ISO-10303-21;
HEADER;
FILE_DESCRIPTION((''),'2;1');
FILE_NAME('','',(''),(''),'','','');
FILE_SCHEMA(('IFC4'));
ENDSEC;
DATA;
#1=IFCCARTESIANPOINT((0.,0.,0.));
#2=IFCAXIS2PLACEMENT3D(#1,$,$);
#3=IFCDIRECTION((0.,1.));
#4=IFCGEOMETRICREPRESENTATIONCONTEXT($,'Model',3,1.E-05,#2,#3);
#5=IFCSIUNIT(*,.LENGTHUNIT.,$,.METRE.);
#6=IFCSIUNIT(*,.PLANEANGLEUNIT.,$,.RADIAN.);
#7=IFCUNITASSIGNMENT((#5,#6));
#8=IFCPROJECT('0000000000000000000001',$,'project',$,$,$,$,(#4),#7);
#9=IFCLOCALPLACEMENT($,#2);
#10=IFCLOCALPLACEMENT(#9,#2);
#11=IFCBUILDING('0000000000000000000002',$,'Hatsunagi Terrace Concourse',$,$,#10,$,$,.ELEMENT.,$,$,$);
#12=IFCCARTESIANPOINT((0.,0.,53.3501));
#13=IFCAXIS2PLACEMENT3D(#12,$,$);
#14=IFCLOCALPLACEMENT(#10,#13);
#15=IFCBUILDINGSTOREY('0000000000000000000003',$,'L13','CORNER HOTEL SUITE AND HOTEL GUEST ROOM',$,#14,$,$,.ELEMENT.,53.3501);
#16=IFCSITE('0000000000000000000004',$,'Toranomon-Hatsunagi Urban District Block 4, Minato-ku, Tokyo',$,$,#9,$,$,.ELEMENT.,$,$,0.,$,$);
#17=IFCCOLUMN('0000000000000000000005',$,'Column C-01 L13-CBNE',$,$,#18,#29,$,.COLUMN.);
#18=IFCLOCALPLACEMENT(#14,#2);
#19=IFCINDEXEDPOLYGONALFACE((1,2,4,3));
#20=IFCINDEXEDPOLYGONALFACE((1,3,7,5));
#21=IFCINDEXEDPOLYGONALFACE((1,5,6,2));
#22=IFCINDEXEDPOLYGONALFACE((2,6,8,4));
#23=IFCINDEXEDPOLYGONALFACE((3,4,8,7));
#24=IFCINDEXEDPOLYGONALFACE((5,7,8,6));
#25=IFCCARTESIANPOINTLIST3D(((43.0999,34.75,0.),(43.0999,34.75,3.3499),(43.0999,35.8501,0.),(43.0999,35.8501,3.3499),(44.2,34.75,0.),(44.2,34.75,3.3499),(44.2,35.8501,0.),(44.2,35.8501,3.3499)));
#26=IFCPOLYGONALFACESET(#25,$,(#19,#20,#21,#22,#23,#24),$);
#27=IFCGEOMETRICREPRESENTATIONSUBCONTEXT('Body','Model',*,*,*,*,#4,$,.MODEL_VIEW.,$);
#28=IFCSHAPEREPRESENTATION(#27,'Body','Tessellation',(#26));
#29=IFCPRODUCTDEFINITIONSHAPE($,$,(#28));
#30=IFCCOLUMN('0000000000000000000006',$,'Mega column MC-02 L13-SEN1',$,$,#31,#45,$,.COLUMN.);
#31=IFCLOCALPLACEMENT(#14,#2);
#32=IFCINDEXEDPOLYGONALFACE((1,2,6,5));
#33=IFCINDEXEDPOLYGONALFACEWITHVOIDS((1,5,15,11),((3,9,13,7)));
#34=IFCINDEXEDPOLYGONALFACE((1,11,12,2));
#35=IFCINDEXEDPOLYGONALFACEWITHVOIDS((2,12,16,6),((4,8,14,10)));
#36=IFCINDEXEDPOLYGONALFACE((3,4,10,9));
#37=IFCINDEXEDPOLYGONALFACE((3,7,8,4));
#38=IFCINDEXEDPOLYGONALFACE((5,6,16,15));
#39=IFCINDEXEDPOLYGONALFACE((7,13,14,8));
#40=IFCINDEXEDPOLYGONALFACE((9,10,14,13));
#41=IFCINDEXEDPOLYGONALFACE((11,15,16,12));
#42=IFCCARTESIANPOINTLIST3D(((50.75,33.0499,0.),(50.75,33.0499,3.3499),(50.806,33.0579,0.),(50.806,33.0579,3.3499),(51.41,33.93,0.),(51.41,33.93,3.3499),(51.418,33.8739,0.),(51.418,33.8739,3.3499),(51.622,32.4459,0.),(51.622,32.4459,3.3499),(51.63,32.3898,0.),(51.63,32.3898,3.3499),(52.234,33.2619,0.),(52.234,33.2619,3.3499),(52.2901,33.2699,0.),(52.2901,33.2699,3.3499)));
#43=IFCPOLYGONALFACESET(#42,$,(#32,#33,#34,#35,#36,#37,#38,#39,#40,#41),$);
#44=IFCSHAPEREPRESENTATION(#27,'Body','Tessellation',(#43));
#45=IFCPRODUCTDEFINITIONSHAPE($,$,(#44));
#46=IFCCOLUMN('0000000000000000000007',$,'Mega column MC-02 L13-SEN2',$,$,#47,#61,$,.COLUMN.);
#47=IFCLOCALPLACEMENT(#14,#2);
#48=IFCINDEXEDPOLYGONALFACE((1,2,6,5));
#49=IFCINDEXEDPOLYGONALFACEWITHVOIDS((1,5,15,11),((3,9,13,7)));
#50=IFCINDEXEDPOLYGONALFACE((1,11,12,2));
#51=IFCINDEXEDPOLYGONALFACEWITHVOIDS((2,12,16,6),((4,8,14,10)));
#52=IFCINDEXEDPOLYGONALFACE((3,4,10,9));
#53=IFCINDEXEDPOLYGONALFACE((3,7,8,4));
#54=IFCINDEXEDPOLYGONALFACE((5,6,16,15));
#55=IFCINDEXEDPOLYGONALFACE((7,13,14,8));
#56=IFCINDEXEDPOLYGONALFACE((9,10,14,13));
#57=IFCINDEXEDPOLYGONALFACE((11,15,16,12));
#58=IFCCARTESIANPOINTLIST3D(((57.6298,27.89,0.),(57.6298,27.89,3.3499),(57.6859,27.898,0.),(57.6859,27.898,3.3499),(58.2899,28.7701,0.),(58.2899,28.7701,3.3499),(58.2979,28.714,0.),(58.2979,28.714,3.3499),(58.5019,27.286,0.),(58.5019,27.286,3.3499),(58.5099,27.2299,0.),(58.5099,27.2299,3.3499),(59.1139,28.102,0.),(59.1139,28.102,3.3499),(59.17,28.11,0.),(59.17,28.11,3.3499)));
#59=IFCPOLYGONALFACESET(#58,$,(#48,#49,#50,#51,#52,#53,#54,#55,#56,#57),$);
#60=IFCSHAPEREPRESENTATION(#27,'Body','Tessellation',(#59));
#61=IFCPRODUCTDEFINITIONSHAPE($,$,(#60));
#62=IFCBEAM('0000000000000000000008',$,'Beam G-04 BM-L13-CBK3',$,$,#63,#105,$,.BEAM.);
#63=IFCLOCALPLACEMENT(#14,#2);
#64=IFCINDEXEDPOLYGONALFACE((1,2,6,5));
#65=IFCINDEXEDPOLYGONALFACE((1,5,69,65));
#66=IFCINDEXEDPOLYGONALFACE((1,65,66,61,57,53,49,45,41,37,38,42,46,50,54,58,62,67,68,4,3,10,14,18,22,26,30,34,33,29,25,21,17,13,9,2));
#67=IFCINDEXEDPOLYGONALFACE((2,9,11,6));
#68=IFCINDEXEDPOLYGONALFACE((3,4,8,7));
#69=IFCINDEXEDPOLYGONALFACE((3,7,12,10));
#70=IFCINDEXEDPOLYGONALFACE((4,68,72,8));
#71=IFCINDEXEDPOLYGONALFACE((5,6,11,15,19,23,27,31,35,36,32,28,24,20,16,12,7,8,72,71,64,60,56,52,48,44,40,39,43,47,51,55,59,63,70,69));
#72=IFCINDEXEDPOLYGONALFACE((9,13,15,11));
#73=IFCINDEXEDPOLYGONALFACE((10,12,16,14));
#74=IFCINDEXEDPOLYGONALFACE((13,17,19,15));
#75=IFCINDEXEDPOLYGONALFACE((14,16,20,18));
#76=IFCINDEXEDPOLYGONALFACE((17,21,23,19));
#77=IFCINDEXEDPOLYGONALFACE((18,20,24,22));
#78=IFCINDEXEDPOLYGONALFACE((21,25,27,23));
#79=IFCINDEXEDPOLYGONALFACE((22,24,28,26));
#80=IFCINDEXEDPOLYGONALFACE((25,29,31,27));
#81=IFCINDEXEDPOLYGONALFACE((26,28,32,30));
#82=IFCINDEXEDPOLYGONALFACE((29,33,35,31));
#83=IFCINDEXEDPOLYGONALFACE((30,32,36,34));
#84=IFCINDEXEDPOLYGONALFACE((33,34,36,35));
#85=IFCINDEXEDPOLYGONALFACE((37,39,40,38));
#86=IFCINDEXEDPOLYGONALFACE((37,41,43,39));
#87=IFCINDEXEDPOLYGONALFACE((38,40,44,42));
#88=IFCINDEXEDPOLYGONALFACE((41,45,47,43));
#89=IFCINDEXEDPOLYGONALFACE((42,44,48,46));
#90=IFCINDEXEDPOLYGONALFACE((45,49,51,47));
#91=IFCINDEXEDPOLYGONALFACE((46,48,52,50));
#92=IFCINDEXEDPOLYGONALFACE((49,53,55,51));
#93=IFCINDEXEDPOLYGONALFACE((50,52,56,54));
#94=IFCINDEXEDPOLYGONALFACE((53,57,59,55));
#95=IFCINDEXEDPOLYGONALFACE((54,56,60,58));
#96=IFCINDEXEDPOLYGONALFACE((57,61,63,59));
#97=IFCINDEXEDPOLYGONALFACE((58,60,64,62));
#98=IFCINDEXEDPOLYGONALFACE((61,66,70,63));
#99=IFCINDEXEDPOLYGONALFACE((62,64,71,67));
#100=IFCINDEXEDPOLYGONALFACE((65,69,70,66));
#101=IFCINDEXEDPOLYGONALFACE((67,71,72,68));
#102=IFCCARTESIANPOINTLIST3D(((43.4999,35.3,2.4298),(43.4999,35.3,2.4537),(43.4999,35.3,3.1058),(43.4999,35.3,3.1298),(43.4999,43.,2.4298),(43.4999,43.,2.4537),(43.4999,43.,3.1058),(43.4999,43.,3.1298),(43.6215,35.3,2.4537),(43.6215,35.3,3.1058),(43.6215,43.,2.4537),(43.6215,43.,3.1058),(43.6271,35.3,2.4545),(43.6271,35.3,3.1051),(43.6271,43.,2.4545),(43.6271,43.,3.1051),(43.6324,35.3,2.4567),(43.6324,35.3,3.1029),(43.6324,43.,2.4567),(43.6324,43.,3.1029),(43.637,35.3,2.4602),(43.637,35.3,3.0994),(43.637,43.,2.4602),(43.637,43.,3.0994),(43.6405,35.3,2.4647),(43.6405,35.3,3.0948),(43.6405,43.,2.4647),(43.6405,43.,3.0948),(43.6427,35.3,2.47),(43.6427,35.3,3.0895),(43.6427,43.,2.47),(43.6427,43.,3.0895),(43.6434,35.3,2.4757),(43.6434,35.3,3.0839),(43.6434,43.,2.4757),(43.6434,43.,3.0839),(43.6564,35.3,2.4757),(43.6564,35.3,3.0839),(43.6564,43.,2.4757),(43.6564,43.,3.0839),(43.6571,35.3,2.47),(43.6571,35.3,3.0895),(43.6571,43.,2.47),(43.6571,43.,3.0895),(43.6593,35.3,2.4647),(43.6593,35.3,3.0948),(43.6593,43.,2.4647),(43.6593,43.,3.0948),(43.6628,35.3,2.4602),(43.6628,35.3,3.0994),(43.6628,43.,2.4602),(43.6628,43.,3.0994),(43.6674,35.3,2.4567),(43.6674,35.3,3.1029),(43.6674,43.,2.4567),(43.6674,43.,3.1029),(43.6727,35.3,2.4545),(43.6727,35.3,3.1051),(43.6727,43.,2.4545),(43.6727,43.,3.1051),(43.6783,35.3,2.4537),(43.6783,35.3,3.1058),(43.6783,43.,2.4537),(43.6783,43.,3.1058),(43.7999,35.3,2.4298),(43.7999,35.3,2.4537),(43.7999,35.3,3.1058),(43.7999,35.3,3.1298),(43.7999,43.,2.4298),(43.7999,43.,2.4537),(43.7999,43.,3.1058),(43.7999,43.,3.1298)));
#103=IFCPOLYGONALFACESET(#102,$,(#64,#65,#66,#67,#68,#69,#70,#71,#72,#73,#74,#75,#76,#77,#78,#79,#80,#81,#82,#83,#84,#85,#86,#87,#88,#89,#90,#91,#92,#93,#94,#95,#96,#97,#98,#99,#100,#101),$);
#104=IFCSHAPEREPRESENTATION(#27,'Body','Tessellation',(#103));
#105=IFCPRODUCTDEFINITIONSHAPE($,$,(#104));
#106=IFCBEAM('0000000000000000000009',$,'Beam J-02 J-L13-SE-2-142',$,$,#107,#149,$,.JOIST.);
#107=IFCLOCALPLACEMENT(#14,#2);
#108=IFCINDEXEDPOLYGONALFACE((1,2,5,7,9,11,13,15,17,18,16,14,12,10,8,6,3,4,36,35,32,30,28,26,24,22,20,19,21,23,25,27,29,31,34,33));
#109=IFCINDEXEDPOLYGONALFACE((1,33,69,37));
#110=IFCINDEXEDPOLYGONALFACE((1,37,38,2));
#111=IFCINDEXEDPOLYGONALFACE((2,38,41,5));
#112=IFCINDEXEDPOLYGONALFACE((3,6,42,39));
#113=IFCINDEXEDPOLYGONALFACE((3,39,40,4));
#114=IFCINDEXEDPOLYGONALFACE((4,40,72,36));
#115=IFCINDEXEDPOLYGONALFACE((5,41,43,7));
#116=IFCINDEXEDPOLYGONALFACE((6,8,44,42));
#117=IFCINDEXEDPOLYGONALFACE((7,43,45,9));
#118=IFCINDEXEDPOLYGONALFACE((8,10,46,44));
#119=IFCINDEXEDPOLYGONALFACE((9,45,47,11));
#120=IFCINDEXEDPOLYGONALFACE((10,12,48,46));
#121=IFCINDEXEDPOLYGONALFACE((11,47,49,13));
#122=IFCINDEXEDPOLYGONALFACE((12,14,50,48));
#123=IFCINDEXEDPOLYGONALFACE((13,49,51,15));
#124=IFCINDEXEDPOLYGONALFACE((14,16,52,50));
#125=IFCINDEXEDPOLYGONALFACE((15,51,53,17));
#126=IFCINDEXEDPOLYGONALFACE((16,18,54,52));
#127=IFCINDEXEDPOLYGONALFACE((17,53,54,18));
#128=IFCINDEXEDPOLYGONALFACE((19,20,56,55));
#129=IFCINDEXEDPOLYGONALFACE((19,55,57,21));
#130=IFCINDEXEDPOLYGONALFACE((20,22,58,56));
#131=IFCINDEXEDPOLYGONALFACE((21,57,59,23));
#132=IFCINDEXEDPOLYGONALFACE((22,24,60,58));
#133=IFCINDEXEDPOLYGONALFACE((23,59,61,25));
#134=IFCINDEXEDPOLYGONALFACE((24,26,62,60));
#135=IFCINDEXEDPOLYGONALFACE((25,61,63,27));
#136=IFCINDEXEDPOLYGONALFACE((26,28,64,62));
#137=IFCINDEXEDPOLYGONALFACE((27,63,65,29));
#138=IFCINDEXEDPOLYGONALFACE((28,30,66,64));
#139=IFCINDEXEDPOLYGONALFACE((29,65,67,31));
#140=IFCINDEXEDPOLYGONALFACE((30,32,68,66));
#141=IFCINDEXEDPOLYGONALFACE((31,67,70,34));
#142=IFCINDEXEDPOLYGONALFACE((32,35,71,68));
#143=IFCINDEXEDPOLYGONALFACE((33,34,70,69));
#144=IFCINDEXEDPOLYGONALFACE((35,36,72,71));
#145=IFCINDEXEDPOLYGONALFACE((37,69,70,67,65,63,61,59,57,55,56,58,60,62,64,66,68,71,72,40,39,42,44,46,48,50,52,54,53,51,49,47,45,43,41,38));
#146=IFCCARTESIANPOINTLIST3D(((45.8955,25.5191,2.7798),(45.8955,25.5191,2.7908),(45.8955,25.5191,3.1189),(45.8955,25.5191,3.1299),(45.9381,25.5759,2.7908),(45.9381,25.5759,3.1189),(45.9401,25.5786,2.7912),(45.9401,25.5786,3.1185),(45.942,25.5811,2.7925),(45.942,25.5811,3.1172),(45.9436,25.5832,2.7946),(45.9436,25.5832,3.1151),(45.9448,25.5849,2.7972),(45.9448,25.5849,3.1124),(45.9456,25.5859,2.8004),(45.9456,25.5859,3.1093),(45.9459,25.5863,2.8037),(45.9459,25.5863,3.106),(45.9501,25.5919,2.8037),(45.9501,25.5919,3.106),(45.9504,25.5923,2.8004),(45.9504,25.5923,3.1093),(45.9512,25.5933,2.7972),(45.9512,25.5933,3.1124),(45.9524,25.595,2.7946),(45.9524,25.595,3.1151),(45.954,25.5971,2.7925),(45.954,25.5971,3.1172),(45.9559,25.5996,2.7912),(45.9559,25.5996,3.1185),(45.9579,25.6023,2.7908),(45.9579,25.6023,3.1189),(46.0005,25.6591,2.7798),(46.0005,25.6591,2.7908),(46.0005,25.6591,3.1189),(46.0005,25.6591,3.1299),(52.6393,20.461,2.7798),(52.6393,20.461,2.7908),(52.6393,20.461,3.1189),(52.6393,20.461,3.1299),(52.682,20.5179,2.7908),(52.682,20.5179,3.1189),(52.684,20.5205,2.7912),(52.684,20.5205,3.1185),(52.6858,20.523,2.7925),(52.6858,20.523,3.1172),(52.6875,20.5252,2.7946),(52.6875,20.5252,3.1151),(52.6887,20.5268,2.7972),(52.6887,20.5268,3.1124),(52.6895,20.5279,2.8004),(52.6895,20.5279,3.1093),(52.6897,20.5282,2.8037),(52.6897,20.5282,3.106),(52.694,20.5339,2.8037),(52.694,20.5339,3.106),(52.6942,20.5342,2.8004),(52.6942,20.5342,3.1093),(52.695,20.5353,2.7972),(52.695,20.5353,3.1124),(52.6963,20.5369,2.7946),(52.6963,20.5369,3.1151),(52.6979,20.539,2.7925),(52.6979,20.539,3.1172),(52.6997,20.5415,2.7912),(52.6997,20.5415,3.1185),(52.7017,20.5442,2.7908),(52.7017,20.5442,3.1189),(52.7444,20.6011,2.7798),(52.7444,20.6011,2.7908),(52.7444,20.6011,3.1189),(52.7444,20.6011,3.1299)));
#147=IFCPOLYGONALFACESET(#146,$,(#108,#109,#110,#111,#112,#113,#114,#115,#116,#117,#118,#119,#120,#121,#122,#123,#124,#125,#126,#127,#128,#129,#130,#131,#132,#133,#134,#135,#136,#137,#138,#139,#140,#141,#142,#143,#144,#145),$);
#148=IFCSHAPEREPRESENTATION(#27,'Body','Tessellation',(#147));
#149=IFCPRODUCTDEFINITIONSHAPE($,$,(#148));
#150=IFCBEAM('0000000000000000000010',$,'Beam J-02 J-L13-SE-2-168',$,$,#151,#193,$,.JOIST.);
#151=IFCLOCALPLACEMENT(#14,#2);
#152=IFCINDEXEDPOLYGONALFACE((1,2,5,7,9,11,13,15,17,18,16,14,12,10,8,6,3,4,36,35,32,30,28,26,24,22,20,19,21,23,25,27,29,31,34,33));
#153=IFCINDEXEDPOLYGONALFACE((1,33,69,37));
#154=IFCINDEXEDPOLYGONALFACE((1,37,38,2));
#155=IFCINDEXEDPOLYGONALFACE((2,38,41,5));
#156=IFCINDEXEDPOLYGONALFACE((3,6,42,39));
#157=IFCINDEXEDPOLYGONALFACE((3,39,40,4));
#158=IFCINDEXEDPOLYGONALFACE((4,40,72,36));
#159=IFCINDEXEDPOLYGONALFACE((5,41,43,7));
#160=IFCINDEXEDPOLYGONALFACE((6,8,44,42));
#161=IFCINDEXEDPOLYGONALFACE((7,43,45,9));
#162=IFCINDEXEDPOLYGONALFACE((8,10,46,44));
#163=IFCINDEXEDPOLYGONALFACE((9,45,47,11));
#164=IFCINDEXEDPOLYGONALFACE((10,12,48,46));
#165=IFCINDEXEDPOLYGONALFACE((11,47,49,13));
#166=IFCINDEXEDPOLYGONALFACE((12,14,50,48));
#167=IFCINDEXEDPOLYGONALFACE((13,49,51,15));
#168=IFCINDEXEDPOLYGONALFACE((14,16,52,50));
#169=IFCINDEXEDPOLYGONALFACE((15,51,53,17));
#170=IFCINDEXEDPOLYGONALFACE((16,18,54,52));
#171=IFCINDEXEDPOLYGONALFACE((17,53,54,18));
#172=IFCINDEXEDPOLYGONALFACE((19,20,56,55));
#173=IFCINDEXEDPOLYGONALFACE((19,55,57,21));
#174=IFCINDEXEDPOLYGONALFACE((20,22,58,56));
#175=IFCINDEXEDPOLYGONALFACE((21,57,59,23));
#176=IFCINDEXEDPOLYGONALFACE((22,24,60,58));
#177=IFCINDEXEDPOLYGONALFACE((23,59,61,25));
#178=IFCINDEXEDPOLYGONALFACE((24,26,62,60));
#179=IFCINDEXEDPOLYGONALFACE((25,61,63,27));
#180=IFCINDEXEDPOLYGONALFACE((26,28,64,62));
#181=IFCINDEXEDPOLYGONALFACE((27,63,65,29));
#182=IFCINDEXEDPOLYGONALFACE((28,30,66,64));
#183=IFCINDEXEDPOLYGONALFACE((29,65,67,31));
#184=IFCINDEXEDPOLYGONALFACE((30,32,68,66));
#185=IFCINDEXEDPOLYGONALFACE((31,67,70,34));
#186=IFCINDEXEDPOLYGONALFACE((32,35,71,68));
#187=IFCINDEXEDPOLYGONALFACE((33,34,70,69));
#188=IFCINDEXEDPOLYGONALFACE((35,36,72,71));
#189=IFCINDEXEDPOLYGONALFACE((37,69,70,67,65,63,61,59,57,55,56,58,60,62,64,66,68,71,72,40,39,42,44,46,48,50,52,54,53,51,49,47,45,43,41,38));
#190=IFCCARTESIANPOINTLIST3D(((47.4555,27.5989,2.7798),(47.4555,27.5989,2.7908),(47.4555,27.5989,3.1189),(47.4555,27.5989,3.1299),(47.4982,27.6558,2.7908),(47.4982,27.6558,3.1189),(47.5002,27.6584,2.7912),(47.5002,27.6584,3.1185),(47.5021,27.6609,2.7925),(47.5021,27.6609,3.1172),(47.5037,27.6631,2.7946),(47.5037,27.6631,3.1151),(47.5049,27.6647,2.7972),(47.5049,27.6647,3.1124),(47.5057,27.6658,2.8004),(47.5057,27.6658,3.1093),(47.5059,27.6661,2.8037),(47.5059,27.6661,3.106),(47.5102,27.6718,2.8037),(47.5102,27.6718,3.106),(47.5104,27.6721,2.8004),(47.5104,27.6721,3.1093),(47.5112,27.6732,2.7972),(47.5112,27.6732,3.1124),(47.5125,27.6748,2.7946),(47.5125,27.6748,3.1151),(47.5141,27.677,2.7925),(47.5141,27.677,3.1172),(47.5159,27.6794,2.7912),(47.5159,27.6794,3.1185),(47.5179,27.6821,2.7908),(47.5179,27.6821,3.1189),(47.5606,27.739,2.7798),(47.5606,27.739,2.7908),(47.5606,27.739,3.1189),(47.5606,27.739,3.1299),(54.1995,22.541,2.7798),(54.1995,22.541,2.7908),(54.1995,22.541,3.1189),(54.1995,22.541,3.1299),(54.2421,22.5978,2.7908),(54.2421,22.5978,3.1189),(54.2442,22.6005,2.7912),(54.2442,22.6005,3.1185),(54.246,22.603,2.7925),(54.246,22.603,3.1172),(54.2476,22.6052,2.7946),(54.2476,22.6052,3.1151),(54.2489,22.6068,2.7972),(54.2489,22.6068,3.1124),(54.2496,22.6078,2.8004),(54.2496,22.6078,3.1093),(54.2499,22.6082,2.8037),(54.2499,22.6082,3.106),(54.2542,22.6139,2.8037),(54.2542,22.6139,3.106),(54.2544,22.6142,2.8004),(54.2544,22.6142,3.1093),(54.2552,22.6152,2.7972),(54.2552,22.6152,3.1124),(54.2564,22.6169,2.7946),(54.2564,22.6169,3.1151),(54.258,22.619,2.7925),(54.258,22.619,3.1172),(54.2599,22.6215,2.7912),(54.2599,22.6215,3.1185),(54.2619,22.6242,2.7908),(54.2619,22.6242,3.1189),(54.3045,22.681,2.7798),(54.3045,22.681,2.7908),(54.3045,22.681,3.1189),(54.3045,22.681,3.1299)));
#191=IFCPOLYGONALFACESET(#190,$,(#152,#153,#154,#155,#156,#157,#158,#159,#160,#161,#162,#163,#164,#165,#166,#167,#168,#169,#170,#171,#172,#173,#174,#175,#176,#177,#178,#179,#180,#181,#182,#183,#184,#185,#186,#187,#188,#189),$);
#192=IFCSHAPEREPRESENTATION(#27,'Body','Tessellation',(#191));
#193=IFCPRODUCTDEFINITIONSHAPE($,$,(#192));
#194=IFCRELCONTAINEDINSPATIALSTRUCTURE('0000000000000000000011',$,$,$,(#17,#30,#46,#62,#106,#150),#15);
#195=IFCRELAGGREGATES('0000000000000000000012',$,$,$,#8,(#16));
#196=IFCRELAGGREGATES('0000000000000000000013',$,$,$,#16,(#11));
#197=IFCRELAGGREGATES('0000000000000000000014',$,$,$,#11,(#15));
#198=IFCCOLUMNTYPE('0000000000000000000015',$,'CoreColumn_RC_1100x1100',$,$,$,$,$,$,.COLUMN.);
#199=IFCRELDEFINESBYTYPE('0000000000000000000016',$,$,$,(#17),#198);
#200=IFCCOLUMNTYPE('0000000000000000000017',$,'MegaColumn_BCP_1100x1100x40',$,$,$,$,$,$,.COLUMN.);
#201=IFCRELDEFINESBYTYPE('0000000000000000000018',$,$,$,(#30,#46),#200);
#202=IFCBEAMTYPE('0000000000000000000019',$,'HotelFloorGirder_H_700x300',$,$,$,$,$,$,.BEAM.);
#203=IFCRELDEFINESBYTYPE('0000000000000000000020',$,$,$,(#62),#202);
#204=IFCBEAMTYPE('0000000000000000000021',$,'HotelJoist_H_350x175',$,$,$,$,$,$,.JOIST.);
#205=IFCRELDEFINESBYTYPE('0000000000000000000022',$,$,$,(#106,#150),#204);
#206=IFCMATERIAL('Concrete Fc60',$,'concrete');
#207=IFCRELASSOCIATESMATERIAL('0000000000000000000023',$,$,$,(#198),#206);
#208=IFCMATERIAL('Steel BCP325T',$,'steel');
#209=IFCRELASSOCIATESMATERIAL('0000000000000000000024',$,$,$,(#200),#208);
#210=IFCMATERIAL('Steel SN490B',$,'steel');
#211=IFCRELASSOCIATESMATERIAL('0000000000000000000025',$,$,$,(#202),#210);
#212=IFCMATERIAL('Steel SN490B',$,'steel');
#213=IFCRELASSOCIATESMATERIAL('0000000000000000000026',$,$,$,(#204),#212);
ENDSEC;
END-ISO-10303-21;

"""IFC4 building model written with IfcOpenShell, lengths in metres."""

from ifc_helpers import new_model, si_unit, direction, frame, origin, origin_2d, place, context, subcontext, project, spatial, rectangle, hollow_rectangle, i_section, extrude, material, material_profile, profile_set, type_object, element, save


model = new_model("IFC4")

# Units and contexts
model_context = context("Model", 3, precision=1e-05, world=origin(), true_north=direction((0.0, 1.0)))
body_context = subcontext(model_context, "Body", "Model", "MODEL_VIEW")
ifc_project = project(units=[si_unit("LENGTHUNIT", "METRE"), si_unit("PLANEANGLEUNIT", "RADIAN")], contexts=[model_context])

# Site, building, storey
site_placement = place(None, origin())
site = spatial("IfcSite", under=ifc_project, at=site_placement, Name="Toranomon-Hatsunagi Urban District Block 4, Minato-ku, Tokyo", CompositionType="ELEMENT", RefElevation=0.0)
building_placement = place(site_placement, origin())
building = spatial("IfcBuilding", under=site, at=building_placement, Name="Hatsunagi Terrace Concourse", CompositionType="ELEMENT")
storey_placement = place(building_placement, frame((0.0, 0.0, 53.3501)))
storey = spatial("IfcBuildingStorey", under=building, at=storey_placement, Name="L13", Description="CORNER HOTEL SUITE AND HOTEL GUEST ROOM", CompositionType="ELEMENT", Elevation=53.3501)

# Columns
ifc_material_1 = material(Name="Concrete Fc60", Category="concrete")
ifc_material_profile_1 = material_profile(ifc_material_1, rectangle(XDim=1.1001, YDim=1.1001, at=origin_2d()), Name="RC-1100x1100")
ifc_profile_set_1 = profile_set([ifc_material_profile_1], Name="Concrete Fc60")
column_type_1 = type_object("IfcColumnType", Name="CoreColumn_RC_1100x1100", PredefinedType="COLUMN", material=ifc_profile_set_1)
column_placement = place(storey_placement, frame((43.6499, 35.3, 0.0), z_axis=(0.0, 0.0, 1.0), x_axis=(1.0, 0.0, 0.0)))
element("IfcColumn", 1, at=column_placement, inside=storey, type_object=column_type_1, Name="Column C-01 L13-CBNE", PredefinedType="COLUMN", context=body_context, shape_type="SweptSolid", body=[
    extrude(rectangle(XDim=1.1001, YDim=1.1001, at=origin_2d()), origin(), (0.0, 0.0, 1.0), 3.3499),
])
ifc_material_2 = material(Name="Steel BCP325T", Category="steel")
ifc_material_profile_2 = material_profile(ifc_material_2, hollow_rectangle(XDim=1.1001, YDim=1.1001, WallThickness=0.04, at=origin_2d()), Name="BCP-1100x1100x40")
ifc_profile_set_2 = profile_set([ifc_material_profile_2], Name="Steel BCP325T")
column_type_2 = type_object("IfcColumnType", Name="MegaColumn_BCP_1100x1100x40", PredefinedType="COLUMN", material=ifc_profile_set_2)
for number, where, z_axis, x_axis, name in (
    (2, (51.52, 33.1599, 0.0), (0.0, 0.0, 1.0), (0.8, -0.6, 0.0), "Mega column MC-02 L13-SEN1"),
    (3, (58.3999, 28.0, 0.0), (0.0, 0.0, 1.0), (0.8, -0.6, 0.0), "Mega column MC-02 L13-SEN2"),
):
    element("IfcColumn", number, at=place(storey_placement, frame(where, z_axis=z_axis, x_axis=x_axis)), inside=storey, type_object=column_type_2, Name=name, PredefinedType="COLUMN", context=body_context, shape_type="SweptSolid", body=[
        extrude(hollow_rectangle(XDim=1.1001, YDim=1.1001, WallThickness=0.04, at=origin_2d()), origin(), (0.0, 0.0, 1.0), 3.3499),
    ])

# Beams
ifc_material_3 = material(Name="Steel SN490B", Category="steel")
ifc_material_profile_3 = material_profile(ifc_material_3, i_section(OverallWidth=0.3, OverallDepth=0.7, WebThickness=0.0129, FlangeThickness=0.0239, FilletRadius=0.022, at=origin_2d()), Name="H-700x300x13x24")
ifc_profile_set_3 = profile_set([ifc_material_profile_3], Name="Steel SN490B")
beam_type_1 = type_object("IfcBeamType", Name="HotelFloorGirder_H_700x300", PredefinedType="BEAM", material=ifc_profile_set_3)
beam_1_placement = place(storey_placement, frame((43.6499, 35.3, 2.7798), z_axis=(0.0, 1.0, 0.0), x_axis=(-1.0, 0.0, 0.0)))
element("IfcBeam", 4, at=beam_1_placement, inside=storey, type_object=beam_type_1, Name="Beam G-04 BM-L13-CBK3", PredefinedType="BEAM", context=body_context, shape_type="SweptSolid", body=[
    extrude(i_section(OverallWidth=0.3, OverallDepth=0.7, WebThickness=0.0129, FlangeThickness=0.0239, FilletRadius=0.022, at=origin_2d()), origin(), (0.0, 0.0, 1.0), 7.7),
])
ifc_material_4 = material(Name="Steel SN490B", Category="steel")
ifc_material_profile_4 = material_profile(ifc_material_4, i_section(OverallWidth=0.175, OverallDepth=0.3501, WebThickness=0.0071, FlangeThickness=0.011, FilletRadius=0.0129, at=origin_2d()), Name="H-350x175x7x11")
ifc_profile_set_4 = profile_set([ifc_material_profile_4], Name="Steel SN490B")
beam_type_2 = type_object("IfcBeamType", Name="HotelJoist_H_350x175", PredefinedType="JOIST", material=ifc_profile_set_4)
for number, where, z_axis, x_axis, name in (
    (5, (45.948, 25.5891, 2.9548), (0.79999, -0.600014, 0.0), (0.600014, 0.79999, 0.0), "Beam J-02 J-L13-SE-2-142"),
    (6, (47.5081, 27.6689, 2.9548), (0.800003, -0.599995, 0.0), (0.599995, 0.800003, 0.0), "Beam J-02 J-L13-SE-2-168"),
):
    element("IfcBeam", number, at=place(storey_placement, frame(where, z_axis=z_axis, x_axis=x_axis)), inside=storey, type_object=beam_type_2, Name=name, PredefinedType="JOIST", context=body_context, shape_type="SweptSolid", body=[
        extrude(i_section(OverallWidth=0.175, OverallDepth=0.3501, WebThickness=0.0071, FlangeThickness=0.011, FilletRadius=0.0129, at=origin_2d()), origin(), (0.0, 0.0, 1.0), 8.4299),
    ])

save(model, "model.ifc")
